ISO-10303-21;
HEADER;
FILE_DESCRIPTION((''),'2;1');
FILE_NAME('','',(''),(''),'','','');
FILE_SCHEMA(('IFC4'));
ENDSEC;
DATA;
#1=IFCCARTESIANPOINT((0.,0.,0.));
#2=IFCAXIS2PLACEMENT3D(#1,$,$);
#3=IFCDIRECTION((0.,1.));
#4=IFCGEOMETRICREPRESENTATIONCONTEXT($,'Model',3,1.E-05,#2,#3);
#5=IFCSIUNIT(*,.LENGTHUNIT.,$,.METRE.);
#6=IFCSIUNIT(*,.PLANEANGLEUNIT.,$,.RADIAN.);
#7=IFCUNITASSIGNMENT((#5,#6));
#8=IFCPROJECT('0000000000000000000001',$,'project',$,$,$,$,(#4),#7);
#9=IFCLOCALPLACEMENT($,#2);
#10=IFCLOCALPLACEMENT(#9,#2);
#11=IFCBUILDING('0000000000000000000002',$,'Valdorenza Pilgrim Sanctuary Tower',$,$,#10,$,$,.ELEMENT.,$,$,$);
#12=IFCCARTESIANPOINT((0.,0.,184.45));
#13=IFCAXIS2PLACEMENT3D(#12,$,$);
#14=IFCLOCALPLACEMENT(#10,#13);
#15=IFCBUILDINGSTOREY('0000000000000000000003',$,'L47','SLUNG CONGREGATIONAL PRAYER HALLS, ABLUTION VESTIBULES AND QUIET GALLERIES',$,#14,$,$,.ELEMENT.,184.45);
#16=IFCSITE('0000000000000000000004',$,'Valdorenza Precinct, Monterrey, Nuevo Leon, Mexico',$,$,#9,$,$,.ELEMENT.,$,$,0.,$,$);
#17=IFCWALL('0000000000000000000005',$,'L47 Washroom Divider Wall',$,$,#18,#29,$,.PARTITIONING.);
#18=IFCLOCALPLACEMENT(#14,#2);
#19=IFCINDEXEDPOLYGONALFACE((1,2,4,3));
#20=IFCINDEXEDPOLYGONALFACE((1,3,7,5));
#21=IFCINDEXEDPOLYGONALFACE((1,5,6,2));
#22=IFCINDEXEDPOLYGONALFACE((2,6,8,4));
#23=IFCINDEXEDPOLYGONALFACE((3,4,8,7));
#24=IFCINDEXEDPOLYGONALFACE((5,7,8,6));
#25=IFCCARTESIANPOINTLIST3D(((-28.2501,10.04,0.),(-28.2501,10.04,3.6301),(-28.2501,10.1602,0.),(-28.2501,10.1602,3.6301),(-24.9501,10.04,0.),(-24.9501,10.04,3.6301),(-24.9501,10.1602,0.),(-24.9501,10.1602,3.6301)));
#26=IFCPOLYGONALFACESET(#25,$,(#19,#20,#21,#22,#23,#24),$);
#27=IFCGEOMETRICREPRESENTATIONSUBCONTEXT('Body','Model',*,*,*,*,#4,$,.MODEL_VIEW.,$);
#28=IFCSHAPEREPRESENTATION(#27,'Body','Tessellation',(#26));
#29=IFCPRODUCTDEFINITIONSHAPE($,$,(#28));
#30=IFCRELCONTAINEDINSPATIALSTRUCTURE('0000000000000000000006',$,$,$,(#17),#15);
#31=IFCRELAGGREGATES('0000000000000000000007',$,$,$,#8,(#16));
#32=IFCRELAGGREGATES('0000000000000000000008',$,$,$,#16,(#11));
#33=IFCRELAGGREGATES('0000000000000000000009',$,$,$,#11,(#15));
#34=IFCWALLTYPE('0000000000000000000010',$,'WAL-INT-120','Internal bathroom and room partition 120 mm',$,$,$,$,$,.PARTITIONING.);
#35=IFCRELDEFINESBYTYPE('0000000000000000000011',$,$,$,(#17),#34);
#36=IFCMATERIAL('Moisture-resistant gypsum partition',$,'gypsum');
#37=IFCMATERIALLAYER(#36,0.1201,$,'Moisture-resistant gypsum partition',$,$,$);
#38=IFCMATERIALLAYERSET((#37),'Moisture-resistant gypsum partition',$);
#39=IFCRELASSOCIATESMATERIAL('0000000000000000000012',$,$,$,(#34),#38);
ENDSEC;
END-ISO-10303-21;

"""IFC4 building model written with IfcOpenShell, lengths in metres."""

from ifc_helpers import new_model, si_unit, direction, frame, frame_2d, origin, place, context, subcontext, project, spatial, rectangle, extrude, material, layer, layer_set, type_object, element, save


model = new_model("IFC4")

# Units and contexts
model_context = context("Model", 3, precision=1e-05, world=origin(), true_north=direction((0.0, 1.0)))
body_context = subcontext(model_context, "Body", "Model", "MODEL_VIEW")
ifc_project = project(units=[si_unit("LENGTHUNIT", "METRE"), si_unit("PLANEANGLEUNIT", "RADIAN")], contexts=[model_context])

# Site, building, storey
site_placement = place(None, origin())
site = spatial("IfcSite", under=ifc_project, at=site_placement, Name="Valdorenza Precinct, Monterrey, Nuevo Leon, Mexico", CompositionType="ELEMENT", RefElevation=0.0)
building_placement = place(site_placement, origin())
building = spatial("IfcBuilding", under=site, at=building_placement, Name="Valdorenza Pilgrim Sanctuary Tower", CompositionType="ELEMENT")
storey_placement = place(building_placement, frame((0.0, 0.0, 184.45)))
storey = spatial("IfcBuildingStorey", under=building, at=storey_placement, Name="L47", Description="SLUNG CONGREGATIONAL PRAYER HALLS, ABLUTION VESTIBULES AND QUIET GALLERIES", CompositionType="ELEMENT", Elevation=184.45)

# Wall
ifc_material_1 = material(Name="Moisture-resistant gypsum partition", Category="gypsum")
ifc_layer_1 = layer(ifc_material_1, 0.1201, Name="Moisture-resistant gypsum partition")
ifc_layer_set_1 = layer_set([ifc_layer_1], Name="Moisture-resistant gypsum partition")
wall_type_1 = type_object("IfcWallType", Name="WAL-INT-120", Description="Internal bathroom and room partition 120 mm", PredefinedType="PARTITIONING", material=ifc_layer_set_1)
wall_1_placement = place(storey_placement, frame((-28.25, 10.1001, 0.0), z_axis=(0.0, 0.0, 1.0), x_axis=(1.0, 0.0, 0.0)))
element("IfcWall", 1, at=wall_1_placement, inside=storey, type_object=wall_type_1, Name="L47 Washroom Divider Wall", PredefinedType="PARTITIONING", context=body_context, shape_type="SweptSolid", body=[
    extrude(rectangle(XDim=3.3, YDim=0.1201, at=frame_2d((1.6499, 0.0))), origin(), (0.0, 0.0, 1.0), 3.6301),
])

save(model, "model.ifc")
